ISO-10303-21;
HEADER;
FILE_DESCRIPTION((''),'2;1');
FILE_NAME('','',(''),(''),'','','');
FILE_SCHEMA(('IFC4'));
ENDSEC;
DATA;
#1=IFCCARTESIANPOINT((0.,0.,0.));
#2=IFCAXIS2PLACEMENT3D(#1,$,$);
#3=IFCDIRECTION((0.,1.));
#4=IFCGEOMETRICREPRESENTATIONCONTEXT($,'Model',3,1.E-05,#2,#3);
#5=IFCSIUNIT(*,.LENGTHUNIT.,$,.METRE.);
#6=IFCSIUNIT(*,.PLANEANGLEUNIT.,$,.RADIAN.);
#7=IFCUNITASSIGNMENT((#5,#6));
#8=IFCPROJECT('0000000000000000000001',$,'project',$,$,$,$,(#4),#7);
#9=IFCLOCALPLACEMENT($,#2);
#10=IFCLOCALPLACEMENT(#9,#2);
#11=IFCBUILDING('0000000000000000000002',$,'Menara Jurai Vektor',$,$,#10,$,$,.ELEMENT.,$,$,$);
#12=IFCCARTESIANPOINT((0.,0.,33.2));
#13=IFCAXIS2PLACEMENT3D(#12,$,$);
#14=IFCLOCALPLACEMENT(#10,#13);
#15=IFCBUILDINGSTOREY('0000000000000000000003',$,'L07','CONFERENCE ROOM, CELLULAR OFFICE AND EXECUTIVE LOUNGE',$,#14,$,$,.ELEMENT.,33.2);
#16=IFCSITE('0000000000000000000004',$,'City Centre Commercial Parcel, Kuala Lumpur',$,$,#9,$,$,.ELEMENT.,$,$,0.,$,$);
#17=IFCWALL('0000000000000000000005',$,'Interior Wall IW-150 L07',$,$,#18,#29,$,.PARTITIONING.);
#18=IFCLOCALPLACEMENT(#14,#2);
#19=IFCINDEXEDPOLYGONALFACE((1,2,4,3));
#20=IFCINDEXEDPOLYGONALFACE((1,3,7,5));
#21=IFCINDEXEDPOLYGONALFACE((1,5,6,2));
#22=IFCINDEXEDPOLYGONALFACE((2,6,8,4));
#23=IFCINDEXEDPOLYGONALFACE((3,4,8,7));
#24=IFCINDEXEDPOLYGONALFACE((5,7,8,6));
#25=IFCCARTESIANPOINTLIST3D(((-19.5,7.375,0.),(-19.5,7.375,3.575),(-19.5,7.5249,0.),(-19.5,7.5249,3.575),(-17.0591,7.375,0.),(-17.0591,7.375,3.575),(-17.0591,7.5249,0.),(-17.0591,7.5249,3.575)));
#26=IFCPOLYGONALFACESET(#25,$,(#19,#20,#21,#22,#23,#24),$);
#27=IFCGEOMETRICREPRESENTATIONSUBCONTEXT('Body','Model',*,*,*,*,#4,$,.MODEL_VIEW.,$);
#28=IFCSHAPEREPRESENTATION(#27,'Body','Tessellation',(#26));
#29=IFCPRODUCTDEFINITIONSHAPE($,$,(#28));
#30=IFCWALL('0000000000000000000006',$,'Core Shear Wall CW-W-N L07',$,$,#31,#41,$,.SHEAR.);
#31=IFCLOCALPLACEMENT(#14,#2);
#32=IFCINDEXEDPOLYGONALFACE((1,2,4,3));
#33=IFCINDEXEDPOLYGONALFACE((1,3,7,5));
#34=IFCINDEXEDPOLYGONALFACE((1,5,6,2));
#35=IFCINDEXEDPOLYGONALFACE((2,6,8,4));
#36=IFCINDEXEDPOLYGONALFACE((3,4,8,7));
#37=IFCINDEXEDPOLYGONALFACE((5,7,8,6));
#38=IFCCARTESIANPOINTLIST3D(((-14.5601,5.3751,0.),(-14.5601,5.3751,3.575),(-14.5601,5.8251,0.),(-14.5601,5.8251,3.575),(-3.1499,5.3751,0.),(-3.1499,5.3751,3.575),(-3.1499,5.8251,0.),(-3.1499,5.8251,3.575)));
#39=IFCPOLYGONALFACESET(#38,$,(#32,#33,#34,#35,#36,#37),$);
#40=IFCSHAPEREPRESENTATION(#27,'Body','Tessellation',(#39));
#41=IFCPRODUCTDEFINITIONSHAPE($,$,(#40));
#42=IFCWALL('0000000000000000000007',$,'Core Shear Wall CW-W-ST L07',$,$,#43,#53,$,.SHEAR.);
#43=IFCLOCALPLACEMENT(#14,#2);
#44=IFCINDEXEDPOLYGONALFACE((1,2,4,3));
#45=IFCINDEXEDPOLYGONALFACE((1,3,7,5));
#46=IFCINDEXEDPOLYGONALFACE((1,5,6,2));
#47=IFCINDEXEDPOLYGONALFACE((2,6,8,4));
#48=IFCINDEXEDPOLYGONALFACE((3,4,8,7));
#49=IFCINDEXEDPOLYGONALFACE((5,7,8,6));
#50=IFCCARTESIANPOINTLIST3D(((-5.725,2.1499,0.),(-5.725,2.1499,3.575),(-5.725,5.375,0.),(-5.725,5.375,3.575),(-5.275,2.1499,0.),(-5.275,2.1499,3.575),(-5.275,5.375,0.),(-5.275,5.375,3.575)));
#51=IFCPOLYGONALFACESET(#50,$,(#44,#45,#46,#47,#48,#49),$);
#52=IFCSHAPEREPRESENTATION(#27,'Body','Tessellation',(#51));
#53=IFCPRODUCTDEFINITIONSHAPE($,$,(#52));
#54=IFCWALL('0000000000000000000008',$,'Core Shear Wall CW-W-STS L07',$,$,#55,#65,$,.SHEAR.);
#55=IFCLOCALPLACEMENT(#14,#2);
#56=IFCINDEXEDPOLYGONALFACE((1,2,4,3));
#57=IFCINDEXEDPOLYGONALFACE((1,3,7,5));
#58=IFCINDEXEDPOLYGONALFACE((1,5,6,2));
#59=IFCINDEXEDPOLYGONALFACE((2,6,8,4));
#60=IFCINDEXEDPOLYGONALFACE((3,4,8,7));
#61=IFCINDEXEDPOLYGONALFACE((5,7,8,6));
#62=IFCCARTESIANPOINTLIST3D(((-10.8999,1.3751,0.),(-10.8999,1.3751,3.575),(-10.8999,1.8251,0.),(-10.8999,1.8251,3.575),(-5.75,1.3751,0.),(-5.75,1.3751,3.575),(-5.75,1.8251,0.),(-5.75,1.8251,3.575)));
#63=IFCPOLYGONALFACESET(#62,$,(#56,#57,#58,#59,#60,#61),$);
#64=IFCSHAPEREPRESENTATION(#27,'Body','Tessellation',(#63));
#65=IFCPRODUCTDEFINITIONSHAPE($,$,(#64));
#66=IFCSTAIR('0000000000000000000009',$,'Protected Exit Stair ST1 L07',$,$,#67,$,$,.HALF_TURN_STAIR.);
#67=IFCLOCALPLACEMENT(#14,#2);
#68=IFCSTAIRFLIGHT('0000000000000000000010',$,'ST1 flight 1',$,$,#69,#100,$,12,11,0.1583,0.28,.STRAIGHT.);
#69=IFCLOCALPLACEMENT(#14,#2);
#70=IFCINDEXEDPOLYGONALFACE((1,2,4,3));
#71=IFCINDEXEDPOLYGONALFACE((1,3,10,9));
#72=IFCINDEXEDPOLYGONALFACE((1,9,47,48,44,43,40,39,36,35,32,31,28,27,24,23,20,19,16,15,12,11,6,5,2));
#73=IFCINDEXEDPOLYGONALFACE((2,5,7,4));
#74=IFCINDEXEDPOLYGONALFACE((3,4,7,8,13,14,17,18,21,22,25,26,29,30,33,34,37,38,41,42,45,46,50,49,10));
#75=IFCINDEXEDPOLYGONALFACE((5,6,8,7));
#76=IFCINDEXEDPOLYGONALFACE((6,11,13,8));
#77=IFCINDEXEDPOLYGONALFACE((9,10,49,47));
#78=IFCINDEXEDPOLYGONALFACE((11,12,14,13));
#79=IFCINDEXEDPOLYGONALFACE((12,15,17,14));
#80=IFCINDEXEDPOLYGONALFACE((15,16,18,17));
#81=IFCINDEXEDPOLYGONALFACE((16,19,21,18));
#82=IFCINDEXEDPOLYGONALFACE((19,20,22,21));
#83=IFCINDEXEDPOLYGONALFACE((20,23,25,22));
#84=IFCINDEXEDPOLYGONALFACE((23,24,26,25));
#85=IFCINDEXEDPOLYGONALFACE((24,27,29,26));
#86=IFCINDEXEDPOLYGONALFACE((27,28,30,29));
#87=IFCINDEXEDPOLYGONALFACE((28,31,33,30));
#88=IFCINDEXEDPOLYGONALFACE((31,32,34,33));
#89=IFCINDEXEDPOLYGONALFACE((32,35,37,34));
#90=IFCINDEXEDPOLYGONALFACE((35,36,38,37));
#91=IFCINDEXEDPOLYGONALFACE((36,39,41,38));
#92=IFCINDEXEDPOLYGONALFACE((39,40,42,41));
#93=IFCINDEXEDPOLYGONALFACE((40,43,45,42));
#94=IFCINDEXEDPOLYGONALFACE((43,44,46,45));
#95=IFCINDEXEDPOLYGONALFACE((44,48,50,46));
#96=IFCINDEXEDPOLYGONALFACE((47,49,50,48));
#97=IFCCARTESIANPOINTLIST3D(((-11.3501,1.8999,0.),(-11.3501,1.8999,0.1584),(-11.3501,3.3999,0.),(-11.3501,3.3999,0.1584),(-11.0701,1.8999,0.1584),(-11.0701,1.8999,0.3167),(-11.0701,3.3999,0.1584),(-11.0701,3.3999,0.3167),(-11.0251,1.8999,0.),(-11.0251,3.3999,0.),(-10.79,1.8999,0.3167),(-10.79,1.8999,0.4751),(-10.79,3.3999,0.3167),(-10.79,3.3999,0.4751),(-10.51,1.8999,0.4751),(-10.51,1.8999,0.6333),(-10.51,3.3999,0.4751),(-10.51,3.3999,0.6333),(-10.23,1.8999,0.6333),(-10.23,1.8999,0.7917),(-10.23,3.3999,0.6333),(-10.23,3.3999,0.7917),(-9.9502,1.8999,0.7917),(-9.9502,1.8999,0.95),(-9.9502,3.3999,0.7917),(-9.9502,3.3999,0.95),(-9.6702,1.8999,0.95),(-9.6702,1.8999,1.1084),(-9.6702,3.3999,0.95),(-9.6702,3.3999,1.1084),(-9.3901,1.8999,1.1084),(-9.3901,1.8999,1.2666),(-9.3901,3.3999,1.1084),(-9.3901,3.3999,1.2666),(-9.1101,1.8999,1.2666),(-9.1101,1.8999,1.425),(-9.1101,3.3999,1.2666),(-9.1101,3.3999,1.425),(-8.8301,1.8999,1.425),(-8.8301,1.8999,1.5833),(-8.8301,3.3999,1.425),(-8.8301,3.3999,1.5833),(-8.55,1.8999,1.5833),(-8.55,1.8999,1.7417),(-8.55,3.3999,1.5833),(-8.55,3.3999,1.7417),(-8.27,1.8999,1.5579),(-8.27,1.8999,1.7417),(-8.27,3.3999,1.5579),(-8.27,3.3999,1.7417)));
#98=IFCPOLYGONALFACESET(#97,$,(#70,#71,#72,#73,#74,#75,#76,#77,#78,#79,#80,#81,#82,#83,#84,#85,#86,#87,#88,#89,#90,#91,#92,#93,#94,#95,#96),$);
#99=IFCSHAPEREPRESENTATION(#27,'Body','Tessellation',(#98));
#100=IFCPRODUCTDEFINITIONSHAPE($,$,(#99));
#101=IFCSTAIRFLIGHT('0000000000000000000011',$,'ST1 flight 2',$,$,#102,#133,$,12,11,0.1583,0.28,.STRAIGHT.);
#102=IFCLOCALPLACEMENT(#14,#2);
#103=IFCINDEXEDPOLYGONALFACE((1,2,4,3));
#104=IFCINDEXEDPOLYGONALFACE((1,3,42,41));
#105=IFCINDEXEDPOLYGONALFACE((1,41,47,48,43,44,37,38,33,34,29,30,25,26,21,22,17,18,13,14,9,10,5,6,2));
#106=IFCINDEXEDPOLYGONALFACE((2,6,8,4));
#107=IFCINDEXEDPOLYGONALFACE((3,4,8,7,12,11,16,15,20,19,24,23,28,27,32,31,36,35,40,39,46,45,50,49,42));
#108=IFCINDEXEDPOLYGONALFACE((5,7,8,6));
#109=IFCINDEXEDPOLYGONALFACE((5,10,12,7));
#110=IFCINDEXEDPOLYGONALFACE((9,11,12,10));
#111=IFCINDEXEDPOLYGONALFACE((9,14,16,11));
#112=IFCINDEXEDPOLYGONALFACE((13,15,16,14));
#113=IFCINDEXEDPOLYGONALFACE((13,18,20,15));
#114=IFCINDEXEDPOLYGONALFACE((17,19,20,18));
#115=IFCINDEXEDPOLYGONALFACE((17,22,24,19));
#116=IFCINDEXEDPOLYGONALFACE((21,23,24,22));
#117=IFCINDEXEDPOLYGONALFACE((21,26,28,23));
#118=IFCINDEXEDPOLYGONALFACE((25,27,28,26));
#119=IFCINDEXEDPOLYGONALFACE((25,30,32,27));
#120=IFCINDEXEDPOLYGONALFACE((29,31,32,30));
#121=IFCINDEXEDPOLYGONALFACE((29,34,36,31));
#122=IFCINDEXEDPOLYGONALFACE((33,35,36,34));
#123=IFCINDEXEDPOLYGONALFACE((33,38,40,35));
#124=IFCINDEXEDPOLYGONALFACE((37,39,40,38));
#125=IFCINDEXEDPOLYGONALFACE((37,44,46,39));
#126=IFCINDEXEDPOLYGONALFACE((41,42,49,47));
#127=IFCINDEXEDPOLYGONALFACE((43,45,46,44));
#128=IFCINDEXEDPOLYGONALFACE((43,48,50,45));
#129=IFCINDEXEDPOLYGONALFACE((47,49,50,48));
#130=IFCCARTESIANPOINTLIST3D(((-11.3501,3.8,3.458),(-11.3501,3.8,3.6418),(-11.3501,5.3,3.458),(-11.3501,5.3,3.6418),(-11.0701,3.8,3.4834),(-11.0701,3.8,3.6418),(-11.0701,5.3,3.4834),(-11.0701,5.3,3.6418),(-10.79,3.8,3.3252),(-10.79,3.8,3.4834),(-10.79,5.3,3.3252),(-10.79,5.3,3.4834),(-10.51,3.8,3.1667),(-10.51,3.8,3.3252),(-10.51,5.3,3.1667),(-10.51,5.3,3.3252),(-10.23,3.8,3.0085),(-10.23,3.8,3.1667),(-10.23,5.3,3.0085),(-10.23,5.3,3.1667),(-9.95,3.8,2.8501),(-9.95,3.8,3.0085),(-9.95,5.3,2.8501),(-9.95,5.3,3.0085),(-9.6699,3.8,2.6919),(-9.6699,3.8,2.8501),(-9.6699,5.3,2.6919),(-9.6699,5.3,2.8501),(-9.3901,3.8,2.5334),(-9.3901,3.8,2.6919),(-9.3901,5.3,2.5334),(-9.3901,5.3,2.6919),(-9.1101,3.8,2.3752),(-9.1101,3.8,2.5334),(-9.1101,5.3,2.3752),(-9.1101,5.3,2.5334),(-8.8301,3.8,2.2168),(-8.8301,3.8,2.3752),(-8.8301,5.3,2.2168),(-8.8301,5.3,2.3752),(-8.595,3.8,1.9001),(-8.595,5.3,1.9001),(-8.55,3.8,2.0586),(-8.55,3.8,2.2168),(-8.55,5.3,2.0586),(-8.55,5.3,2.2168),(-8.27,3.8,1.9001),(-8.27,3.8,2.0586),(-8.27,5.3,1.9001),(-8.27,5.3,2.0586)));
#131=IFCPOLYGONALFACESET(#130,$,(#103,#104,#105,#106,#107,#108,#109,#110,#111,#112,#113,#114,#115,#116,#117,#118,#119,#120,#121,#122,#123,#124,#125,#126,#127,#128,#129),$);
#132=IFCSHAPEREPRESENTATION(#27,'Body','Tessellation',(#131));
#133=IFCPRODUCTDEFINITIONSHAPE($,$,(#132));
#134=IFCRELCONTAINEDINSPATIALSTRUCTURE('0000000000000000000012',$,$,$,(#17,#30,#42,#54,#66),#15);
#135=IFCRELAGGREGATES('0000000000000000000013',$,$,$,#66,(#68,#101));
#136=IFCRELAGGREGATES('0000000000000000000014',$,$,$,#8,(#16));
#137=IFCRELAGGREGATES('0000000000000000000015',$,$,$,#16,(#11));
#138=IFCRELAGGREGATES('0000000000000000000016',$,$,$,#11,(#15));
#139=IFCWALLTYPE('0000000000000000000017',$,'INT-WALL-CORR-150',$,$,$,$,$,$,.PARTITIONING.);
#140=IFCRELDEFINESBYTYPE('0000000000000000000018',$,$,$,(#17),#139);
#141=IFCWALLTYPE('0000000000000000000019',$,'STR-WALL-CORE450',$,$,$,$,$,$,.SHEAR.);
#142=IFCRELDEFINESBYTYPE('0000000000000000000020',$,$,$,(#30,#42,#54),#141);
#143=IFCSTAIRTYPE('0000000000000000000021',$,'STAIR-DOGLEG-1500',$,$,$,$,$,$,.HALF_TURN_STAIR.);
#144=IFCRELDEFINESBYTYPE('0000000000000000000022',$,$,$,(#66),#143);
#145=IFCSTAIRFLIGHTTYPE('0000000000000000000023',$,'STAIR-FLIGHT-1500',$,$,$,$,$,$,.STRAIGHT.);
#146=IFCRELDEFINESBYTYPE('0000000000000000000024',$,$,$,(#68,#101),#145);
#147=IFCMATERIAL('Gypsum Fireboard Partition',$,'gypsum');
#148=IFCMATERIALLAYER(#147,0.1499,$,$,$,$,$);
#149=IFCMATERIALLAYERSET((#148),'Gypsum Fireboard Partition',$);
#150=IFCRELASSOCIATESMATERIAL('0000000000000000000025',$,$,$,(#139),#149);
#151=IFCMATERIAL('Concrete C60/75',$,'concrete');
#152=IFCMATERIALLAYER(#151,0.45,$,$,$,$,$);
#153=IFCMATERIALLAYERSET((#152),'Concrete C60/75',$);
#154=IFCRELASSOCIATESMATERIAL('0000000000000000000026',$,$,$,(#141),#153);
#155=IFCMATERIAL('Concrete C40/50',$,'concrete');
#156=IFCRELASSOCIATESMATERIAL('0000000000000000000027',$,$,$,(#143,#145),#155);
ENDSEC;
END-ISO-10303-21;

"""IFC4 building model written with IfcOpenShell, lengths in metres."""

from ifc_helpers import new_model, si_unit, direction, frame, frame_2d, origin, place, context, subcontext, project, spatial, polyline, rectangle, outline, extrude, material, layer, layer_set, type_object, element, aggregate, save


model = new_model("IFC4")

# Units and contexts
model_context = context("Model", 3, precision=1e-05, world=origin(), true_north=direction((0.0, 1.0)))
body_context = subcontext(model_context, "Body", "Model", "MODEL_VIEW")
ifc_project = project(units=[si_unit("LENGTHUNIT", "METRE"), si_unit("PLANEANGLEUNIT", "RADIAN")], contexts=[model_context])

# Site, building, storey
site_placement = place(None, origin())
site = spatial("IfcSite", under=ifc_project, at=site_placement, Name="City Centre Commercial Parcel, Kuala Lumpur", CompositionType="ELEMENT", RefElevation=0.0)
building_placement = place(site_placement, origin())
building = spatial("IfcBuilding", under=site, at=building_placement, Name="Menara Jurai Vektor", CompositionType="ELEMENT")
storey_placement = place(building_placement, frame((0.0, 0.0, 33.2)))
storey = spatial("IfcBuildingStorey", under=building, at=storey_placement, Name="L07", Description="CONFERENCE ROOM, CELLULAR OFFICE AND EXECUTIVE LOUNGE", CompositionType="ELEMENT", Elevation=33.2)

# Shared definitions
ifc_material_1 = material(Name="Concrete C60/75", Category="concrete")

# Shared definitions
ifc_material_2 = material(Name="Concrete C40/50", Category="concrete")

# Shared definitions
ifc_material_3 = material(Name="Gypsum Fireboard Partition", Category="gypsum")
ifc_layer_1 = layer(ifc_material_3, 0.1499)
ifc_layer_set_1 = layer_set([ifc_layer_1], Name="Gypsum Fireboard Partition")
wall_type_1 = type_object("IfcWallType", Name="INT-WALL-CORR-150", PredefinedType="PARTITIONING", material=ifc_layer_set_1)

# Walls
wall_1_placement = place(storey_placement, frame((-19.5, 7.45, 0.0), z_axis=(0.0, 0.0, 1.0), x_axis=(1.0, 0.0, 0.0)))
element("IfcWall", 1, at=wall_1_placement, inside=storey, type_object=wall_type_1, Name="Interior Wall IW-150 L07", PredefinedType="PARTITIONING", context=body_context, shape_type="SweptSolid", body=[
    extrude(rectangle(XDim=2.4409, YDim=0.1499, at=frame_2d((1.2205, 0.0))), origin(), (0.0, 0.0, 1.0), 3.575),
])
ifc_layer_2 = layer(ifc_material_1, 0.45)
ifc_layer_set_2 = layer_set([ifc_layer_2], Name="Concrete C60/75")
wall_type_2 = type_object("IfcWallType", Name="STR-WALL-CORE450", PredefinedType="SHEAR", material=ifc_layer_set_2)
wall_2_placement = place(storey_placement, frame((-14.5601, 5.6001, 0.0), z_axis=(0.0, 0.0, 1.0), x_axis=(1.0, 0.0, 0.0)))
element("IfcWall", 2, at=wall_2_placement, inside=storey, type_object=wall_type_2, Name="Core Shear Wall CW-W-N L07", PredefinedType="SHEAR", context=body_context, shape_type="SweptSolid", body=[
    extrude(rectangle(XDim=11.4102, YDim=0.45, at=frame_2d((5.7051, 0.0))), origin(), (0.0, 0.0, 1.0), 3.575),
])
wall_3_placement = place(storey_placement, frame((-5.5, 2.1499, 0.0), z_axis=(0.0, 0.0, 1.0), x_axis=(0.0, 1.0, 0.0)))
element("IfcWall", 3, at=wall_3_placement, inside=storey, type_object=wall_type_2, Name="Core Shear Wall CW-W-ST L07", PredefinedType="SHEAR", context=body_context, shape_type="SweptSolid", body=[
    extrude(rectangle(XDim=3.2251, YDim=0.45, at=frame_2d((1.6125, 0.0))), origin(), (0.0, 0.0, 1.0), 3.575),
])
wall_4_placement = place(storey_placement, frame((-10.8999, 1.6001, 0.0), z_axis=(0.0, 0.0, 1.0), x_axis=(1.0, 0.0, 0.0)))
element("IfcWall", 4, at=wall_4_placement, inside=storey, type_object=wall_type_2, Name="Core Shear Wall CW-W-STS L07", PredefinedType="SHEAR", context=body_context, shape_type="SweptSolid", body=[
    extrude(rectangle(XDim=5.1499, YDim=0.45, at=frame_2d((2.575, 0.0))), origin(), (0.0, 0.0, 1.0), 3.575),
])

# Stair, stair flights
stair_type = type_object("IfcStairType", Name="STAIR-DOGLEG-1500", PredefinedType="HALF_TURN_STAIR", material=ifc_material_2)
stair_placement = place(storey_placement, origin())
stair = element("IfcStair", 5, at=stair_placement, inside=storey, type_object=stair_type, Name="Protected Exit Stair ST1 L07", PredefinedType="HALF_TURN_STAIR")
stair_flight_type = type_object("IfcStairFlightType", Name="STAIR-FLIGHT-1500", PredefinedType="STRAIGHT", material=ifc_material_2)
stair_flight_1_placement = place(storey_placement, frame((-11.3501, 2.6499, 0.0), z_axis=(0.0, 0.0, 1.0), x_axis=(1.0, 0.0, 0.0)))
stair_flight_1 = element("IfcStairFlight", 6, at=stair_flight_1_placement, type_object=stair_flight_type, Name="ST1 flight 1", NumberOfRisers=12, NumberOfTreads=11, PredefinedType="STRAIGHT", RiserHeight=0.1583, TreadLength=0.28, context=body_context, shape_type="SweptSolid", body=[
    extrude(outline(polyline([(0.0, 0.0), (0.0, 0.1584), (0.28, 0.1584), (0.28, 0.3167), (0.5601, 0.3167), (0.5601, 0.4751), (0.8401, 0.4751), (0.8401, 0.6333), (1.1201, 0.6333), (1.1201, 0.7917), (1.3999, 0.7917), (1.3999, 0.95), (1.6799, 0.95), (1.6799, 1.1084), (1.96, 1.1084), (1.96, 1.2666), (2.24, 1.2666), (2.24, 1.425), (2.52, 1.425), (2.52, 1.5833), (2.8, 1.5833), (2.8, 1.7417), (3.0801, 1.7417), (3.0801, 1.8999), (3.0801, 1.5579), (0.325, 0.0), (0.0, 0.0)])), frame((0.0, 0.75, 0.0), z_axis=(0.0, -1.0, 0.0), x_axis=(1.0, 0.0, 0.0)), (0.0, 0.0, 1.0), 1.5),
])
stair_flight_2_placement = place(storey_placement, frame((-8.27, 4.55, 1.9001), z_axis=(0.0, 0.0, 1.0), x_axis=(-1.0, 0.0, 0.0)))
stair_flight_2 = element("IfcStairFlight", 7, at=stair_flight_2_placement, type_object=stair_flight_type, Name="ST1 flight 2", NumberOfRisers=12, NumberOfTreads=11, PredefinedType="STRAIGHT", RiserHeight=0.1583, TreadLength=0.28, context=body_context, shape_type="SweptSolid", body=[
    extrude(outline(polyline([(0.0, 0.0), (0.0, 0.1584), (0.28, 0.1584), (0.28, 0.3167), (0.5601, 0.3167), (0.5601, 0.4751), (0.8401, 0.4751), (0.8401, 0.6333), (1.1201, 0.6333), (1.1201, 0.7917), (1.3999, 0.7917), (1.3999, 0.95), (1.6799, 0.95), (1.6799, 1.1084), (1.96, 1.1084), (1.96, 1.2666), (2.24, 1.2666), (2.24, 1.425), (2.52, 1.425), (2.52, 1.5833), (2.8, 1.5833), (2.8, 1.7417), (3.0801, 1.7417), (3.0801, 1.8999), (3.0801, 1.5579), (0.325, 0.0), (0.0, 0.0)])), frame((0.0, 0.75, 0.0), z_axis=(0.0, -1.0, 0.0), x_axis=(1.0, 0.0, 0.0)), (0.0, 0.0, 1.0), 1.5),
])
aggregate(stair, [stair_flight_1, stair_flight_2])

save(model, "model.ifc")
